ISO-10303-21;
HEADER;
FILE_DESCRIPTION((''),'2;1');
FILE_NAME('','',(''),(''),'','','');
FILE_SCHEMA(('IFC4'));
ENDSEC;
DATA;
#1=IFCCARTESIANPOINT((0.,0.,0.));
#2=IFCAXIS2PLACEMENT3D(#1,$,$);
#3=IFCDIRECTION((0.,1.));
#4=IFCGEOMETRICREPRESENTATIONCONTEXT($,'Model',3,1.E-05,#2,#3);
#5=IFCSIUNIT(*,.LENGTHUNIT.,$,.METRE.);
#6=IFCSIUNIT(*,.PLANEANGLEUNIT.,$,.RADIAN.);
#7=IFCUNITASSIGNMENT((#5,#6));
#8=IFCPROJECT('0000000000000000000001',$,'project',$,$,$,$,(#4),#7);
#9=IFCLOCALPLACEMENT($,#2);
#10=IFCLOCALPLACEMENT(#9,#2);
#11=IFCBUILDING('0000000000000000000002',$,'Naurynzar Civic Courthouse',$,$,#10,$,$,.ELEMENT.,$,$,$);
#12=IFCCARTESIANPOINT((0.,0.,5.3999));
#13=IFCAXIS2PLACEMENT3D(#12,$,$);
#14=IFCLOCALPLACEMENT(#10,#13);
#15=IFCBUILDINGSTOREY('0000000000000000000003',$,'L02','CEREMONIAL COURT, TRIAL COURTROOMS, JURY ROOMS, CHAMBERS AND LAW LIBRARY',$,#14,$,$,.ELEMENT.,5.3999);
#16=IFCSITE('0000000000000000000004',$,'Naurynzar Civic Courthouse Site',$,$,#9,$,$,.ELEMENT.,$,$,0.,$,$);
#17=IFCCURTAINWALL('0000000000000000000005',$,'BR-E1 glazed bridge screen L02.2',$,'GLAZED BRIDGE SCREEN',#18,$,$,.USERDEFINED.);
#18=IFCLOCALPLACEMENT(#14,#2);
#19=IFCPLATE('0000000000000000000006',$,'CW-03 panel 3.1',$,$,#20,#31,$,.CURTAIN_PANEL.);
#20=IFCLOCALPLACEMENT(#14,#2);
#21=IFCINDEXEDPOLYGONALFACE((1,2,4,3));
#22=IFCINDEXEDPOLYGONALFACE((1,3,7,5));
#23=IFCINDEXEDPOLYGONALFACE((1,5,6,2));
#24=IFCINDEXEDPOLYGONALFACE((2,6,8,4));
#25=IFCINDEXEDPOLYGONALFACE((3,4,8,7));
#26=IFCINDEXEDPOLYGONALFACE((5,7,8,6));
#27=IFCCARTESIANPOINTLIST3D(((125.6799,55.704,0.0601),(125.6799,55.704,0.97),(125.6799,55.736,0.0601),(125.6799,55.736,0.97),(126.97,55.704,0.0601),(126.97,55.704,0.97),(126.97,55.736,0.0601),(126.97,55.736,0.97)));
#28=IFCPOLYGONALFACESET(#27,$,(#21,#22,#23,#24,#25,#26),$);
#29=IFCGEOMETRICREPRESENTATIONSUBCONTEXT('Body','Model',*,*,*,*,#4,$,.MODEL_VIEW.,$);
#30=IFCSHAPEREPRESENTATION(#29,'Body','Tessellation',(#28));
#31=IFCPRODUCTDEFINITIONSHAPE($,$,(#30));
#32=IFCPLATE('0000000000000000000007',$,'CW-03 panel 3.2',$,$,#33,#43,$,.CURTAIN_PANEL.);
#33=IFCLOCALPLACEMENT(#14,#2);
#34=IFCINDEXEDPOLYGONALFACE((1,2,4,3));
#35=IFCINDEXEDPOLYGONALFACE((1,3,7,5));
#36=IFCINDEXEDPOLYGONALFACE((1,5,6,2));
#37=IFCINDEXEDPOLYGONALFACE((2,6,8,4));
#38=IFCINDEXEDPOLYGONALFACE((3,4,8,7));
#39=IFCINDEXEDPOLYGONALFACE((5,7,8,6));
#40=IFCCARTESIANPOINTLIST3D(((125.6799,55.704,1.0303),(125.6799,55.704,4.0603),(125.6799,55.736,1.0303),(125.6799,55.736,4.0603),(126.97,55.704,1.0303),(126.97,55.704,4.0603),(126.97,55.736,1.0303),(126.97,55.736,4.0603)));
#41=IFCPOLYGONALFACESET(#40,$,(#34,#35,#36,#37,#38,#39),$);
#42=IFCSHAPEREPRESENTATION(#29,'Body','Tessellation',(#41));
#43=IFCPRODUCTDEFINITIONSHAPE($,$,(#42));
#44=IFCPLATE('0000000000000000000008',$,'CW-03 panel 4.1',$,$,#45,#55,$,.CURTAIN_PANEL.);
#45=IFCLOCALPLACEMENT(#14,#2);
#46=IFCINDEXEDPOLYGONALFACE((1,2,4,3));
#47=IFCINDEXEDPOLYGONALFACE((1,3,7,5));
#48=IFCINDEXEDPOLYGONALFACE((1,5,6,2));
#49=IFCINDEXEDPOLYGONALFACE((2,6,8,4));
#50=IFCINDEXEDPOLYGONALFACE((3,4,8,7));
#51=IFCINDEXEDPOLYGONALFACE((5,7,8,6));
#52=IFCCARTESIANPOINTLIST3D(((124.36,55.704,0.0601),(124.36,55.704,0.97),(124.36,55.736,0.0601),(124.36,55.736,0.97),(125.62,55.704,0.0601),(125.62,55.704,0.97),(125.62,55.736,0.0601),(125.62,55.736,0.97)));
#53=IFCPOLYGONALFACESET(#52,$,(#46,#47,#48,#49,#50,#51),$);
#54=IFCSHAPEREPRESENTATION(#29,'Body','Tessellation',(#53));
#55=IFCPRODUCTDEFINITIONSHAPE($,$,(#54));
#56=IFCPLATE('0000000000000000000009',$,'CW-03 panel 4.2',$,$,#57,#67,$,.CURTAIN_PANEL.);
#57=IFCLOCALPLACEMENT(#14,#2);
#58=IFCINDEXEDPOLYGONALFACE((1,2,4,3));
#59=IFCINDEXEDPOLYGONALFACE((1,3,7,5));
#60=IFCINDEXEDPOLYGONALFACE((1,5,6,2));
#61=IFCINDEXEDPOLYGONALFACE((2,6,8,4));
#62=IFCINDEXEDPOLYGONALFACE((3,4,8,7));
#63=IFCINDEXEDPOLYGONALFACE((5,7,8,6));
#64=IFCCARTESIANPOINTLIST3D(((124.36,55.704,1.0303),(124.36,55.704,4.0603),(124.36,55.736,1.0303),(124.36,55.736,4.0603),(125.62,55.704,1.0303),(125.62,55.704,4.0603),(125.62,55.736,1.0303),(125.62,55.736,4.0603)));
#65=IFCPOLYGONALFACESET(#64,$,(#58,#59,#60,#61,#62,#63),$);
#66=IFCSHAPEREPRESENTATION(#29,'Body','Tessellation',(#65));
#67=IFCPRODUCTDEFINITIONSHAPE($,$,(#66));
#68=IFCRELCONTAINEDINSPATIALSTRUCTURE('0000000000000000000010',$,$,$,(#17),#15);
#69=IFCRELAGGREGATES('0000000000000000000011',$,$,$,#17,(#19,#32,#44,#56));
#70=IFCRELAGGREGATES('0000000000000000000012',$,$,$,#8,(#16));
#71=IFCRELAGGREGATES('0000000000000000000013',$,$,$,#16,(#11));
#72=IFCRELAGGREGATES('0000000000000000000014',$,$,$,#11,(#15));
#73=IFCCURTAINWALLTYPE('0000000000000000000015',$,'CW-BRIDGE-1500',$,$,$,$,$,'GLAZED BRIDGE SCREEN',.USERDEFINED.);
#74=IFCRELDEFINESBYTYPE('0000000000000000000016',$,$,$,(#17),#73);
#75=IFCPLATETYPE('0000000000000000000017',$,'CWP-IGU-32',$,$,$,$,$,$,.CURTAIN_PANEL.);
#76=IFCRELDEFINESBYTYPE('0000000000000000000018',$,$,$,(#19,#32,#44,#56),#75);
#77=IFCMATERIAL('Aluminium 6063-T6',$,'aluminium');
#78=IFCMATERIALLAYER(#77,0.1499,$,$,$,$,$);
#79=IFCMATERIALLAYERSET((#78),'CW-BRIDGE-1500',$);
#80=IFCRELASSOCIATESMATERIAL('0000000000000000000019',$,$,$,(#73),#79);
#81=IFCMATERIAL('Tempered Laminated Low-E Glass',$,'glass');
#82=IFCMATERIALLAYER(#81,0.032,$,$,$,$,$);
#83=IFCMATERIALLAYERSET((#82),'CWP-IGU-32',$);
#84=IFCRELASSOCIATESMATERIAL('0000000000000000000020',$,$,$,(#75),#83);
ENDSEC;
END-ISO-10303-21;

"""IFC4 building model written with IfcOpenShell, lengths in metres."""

from ifc_helpers import new_model, si_unit, direction, frame, origin, origin_2d, place, context, subcontext, project, spatial, rectangle, extrude, material, layer, layer_set, type_object, element, aggregate, save


model = new_model("IFC4")

# Units and contexts
model_context = context("Model", 3, precision=1e-05, world=origin(), true_north=direction((0.0, 1.0)))
body_context = subcontext(model_context, "Body", "Model", "MODEL_VIEW")
ifc_project = project(units=[si_unit("LENGTHUNIT", "METRE"), si_unit("PLANEANGLEUNIT", "RADIAN")], contexts=[model_context])

# Site, building, storey
site_placement = place(None, origin())
site = spatial("IfcSite", under=ifc_project, at=site_placement, Name="Naurynzar Civic Courthouse Site", CompositionType="ELEMENT", RefElevation=0.0)
building_placement = place(site_placement, origin())
building = spatial("IfcBuilding", under=site, at=building_placement, Name="Naurynzar Civic Courthouse", CompositionType="ELEMENT")
storey_placement = place(building_placement, frame((0.0, 0.0, 5.3999)))
storey = spatial("IfcBuildingStorey", under=building, at=storey_placement, Name="L02", Description="CEREMONIAL COURT, TRIAL COURTROOMS, JURY ROOMS, CHAMBERS AND LAW LIBRARY", CompositionType="ELEMENT", Elevation=5.3999)

# Curtain wall, plates
ifc_material_1 = material(Name="Aluminium 6063-T6", Category="aluminium")
ifc_layer_1 = layer(ifc_material_1, 0.1499)
ifc_layer_set_1 = layer_set([ifc_layer_1], Name="CW-BRIDGE-1500")
curtain_wall_type = type_object("IfcCurtainWallType", Name="CW-BRIDGE-1500", ElementType="GLAZED BRIDGE SCREEN", PredefinedType="USERDEFINED", material=ifc_layer_set_1)
curtain_wall_placement = place(storey_placement, origin())
curtain_wall = element("IfcCurtainWall", 1, at=curtain_wall_placement, inside=storey, type_object=curtain_wall_type, Name="BR-E1 glazed bridge screen L02.2", ObjectType="GLAZED BRIDGE SCREEN", PredefinedType="USERDEFINED")
ifc_material_2 = material(Name="Tempered Laminated Low-E Glass", Category="glass")
ifc_layer_2 = layer(ifc_material_2, 0.032)
ifc_layer_set_2 = layer_set([ifc_layer_2], Name="CWP-IGU-32")
plate_type = type_object("IfcPlateType", Name="CWP-IGU-32", PredefinedType="CURTAIN_PANEL", material=ifc_layer_set_2)
plate_1_placement = place(storey_placement, frame((126.325, 55.72, 0.0601), z_axis=(0.0, 0.0, 1.0), x_axis=(-1.0, 0.0, 0.0)))
plate_1 = element("IfcPlate", 2, at=plate_1_placement, type_object=plate_type, Name="CW-03 panel 3.1", PredefinedType="CURTAIN_PANEL", context=body_context, shape_type="SweptSolid", body=[
    extrude(rectangle(XDim=1.29, YDim=0.032, at=origin_2d()), origin(), (0.0, 0.0, 1.0), 0.9099),
])
plate_2_placement = place(storey_placement, frame((126.325, 55.72, 1.0303), z_axis=(0.0, 0.0, 1.0), x_axis=(-1.0, 0.0, 0.0)))
plate_2 = element("IfcPlate", 3, at=plate_2_placement, type_object=plate_type, Name="CW-03 panel 3.2", PredefinedType="CURTAIN_PANEL", context=body_context, shape_type="SweptSolid", body=[
    extrude(rectangle(XDim=1.29, YDim=0.032, at=origin_2d()), origin(), (0.0, 0.0, 1.0), 3.03),
])
plate_3_placement = place(storey_placement, frame((124.99, 55.72, 0.0601), z_axis=(0.0, 0.0, 1.0), x_axis=(-1.0, 0.0, 0.0)))
plate_3 = element("IfcPlate", 4, at=plate_3_placement, type_object=plate_type, Name="CW-03 panel 4.1", PredefinedType="CURTAIN_PANEL", context=body_context, shape_type="SweptSolid", body=[
    extrude(rectangle(XDim=1.26, YDim=0.032, at=origin_2d()), origin(), (0.0, 0.0, 1.0), 0.9099),
])
plate_4_placement = place(storey_placement, frame((124.99, 55.72, 1.0303), z_axis=(0.0, 0.0, 1.0), x_axis=(-1.0, 0.0, 0.0)))
plate_4 = element("IfcPlate", 5, at=plate_4_placement, type_object=plate_type, Name="CW-03 panel 4.2", PredefinedType="CURTAIN_PANEL", context=body_context, shape_type="SweptSolid", body=[
    extrude(rectangle(XDim=1.26, YDim=0.032, at=origin_2d()), origin(), (0.0, 0.0, 1.0), 3.03),
])
aggregate(curtain_wall, [plate_1, plate_2, plate_3, plate_4])

save(model, "model.ifc")
